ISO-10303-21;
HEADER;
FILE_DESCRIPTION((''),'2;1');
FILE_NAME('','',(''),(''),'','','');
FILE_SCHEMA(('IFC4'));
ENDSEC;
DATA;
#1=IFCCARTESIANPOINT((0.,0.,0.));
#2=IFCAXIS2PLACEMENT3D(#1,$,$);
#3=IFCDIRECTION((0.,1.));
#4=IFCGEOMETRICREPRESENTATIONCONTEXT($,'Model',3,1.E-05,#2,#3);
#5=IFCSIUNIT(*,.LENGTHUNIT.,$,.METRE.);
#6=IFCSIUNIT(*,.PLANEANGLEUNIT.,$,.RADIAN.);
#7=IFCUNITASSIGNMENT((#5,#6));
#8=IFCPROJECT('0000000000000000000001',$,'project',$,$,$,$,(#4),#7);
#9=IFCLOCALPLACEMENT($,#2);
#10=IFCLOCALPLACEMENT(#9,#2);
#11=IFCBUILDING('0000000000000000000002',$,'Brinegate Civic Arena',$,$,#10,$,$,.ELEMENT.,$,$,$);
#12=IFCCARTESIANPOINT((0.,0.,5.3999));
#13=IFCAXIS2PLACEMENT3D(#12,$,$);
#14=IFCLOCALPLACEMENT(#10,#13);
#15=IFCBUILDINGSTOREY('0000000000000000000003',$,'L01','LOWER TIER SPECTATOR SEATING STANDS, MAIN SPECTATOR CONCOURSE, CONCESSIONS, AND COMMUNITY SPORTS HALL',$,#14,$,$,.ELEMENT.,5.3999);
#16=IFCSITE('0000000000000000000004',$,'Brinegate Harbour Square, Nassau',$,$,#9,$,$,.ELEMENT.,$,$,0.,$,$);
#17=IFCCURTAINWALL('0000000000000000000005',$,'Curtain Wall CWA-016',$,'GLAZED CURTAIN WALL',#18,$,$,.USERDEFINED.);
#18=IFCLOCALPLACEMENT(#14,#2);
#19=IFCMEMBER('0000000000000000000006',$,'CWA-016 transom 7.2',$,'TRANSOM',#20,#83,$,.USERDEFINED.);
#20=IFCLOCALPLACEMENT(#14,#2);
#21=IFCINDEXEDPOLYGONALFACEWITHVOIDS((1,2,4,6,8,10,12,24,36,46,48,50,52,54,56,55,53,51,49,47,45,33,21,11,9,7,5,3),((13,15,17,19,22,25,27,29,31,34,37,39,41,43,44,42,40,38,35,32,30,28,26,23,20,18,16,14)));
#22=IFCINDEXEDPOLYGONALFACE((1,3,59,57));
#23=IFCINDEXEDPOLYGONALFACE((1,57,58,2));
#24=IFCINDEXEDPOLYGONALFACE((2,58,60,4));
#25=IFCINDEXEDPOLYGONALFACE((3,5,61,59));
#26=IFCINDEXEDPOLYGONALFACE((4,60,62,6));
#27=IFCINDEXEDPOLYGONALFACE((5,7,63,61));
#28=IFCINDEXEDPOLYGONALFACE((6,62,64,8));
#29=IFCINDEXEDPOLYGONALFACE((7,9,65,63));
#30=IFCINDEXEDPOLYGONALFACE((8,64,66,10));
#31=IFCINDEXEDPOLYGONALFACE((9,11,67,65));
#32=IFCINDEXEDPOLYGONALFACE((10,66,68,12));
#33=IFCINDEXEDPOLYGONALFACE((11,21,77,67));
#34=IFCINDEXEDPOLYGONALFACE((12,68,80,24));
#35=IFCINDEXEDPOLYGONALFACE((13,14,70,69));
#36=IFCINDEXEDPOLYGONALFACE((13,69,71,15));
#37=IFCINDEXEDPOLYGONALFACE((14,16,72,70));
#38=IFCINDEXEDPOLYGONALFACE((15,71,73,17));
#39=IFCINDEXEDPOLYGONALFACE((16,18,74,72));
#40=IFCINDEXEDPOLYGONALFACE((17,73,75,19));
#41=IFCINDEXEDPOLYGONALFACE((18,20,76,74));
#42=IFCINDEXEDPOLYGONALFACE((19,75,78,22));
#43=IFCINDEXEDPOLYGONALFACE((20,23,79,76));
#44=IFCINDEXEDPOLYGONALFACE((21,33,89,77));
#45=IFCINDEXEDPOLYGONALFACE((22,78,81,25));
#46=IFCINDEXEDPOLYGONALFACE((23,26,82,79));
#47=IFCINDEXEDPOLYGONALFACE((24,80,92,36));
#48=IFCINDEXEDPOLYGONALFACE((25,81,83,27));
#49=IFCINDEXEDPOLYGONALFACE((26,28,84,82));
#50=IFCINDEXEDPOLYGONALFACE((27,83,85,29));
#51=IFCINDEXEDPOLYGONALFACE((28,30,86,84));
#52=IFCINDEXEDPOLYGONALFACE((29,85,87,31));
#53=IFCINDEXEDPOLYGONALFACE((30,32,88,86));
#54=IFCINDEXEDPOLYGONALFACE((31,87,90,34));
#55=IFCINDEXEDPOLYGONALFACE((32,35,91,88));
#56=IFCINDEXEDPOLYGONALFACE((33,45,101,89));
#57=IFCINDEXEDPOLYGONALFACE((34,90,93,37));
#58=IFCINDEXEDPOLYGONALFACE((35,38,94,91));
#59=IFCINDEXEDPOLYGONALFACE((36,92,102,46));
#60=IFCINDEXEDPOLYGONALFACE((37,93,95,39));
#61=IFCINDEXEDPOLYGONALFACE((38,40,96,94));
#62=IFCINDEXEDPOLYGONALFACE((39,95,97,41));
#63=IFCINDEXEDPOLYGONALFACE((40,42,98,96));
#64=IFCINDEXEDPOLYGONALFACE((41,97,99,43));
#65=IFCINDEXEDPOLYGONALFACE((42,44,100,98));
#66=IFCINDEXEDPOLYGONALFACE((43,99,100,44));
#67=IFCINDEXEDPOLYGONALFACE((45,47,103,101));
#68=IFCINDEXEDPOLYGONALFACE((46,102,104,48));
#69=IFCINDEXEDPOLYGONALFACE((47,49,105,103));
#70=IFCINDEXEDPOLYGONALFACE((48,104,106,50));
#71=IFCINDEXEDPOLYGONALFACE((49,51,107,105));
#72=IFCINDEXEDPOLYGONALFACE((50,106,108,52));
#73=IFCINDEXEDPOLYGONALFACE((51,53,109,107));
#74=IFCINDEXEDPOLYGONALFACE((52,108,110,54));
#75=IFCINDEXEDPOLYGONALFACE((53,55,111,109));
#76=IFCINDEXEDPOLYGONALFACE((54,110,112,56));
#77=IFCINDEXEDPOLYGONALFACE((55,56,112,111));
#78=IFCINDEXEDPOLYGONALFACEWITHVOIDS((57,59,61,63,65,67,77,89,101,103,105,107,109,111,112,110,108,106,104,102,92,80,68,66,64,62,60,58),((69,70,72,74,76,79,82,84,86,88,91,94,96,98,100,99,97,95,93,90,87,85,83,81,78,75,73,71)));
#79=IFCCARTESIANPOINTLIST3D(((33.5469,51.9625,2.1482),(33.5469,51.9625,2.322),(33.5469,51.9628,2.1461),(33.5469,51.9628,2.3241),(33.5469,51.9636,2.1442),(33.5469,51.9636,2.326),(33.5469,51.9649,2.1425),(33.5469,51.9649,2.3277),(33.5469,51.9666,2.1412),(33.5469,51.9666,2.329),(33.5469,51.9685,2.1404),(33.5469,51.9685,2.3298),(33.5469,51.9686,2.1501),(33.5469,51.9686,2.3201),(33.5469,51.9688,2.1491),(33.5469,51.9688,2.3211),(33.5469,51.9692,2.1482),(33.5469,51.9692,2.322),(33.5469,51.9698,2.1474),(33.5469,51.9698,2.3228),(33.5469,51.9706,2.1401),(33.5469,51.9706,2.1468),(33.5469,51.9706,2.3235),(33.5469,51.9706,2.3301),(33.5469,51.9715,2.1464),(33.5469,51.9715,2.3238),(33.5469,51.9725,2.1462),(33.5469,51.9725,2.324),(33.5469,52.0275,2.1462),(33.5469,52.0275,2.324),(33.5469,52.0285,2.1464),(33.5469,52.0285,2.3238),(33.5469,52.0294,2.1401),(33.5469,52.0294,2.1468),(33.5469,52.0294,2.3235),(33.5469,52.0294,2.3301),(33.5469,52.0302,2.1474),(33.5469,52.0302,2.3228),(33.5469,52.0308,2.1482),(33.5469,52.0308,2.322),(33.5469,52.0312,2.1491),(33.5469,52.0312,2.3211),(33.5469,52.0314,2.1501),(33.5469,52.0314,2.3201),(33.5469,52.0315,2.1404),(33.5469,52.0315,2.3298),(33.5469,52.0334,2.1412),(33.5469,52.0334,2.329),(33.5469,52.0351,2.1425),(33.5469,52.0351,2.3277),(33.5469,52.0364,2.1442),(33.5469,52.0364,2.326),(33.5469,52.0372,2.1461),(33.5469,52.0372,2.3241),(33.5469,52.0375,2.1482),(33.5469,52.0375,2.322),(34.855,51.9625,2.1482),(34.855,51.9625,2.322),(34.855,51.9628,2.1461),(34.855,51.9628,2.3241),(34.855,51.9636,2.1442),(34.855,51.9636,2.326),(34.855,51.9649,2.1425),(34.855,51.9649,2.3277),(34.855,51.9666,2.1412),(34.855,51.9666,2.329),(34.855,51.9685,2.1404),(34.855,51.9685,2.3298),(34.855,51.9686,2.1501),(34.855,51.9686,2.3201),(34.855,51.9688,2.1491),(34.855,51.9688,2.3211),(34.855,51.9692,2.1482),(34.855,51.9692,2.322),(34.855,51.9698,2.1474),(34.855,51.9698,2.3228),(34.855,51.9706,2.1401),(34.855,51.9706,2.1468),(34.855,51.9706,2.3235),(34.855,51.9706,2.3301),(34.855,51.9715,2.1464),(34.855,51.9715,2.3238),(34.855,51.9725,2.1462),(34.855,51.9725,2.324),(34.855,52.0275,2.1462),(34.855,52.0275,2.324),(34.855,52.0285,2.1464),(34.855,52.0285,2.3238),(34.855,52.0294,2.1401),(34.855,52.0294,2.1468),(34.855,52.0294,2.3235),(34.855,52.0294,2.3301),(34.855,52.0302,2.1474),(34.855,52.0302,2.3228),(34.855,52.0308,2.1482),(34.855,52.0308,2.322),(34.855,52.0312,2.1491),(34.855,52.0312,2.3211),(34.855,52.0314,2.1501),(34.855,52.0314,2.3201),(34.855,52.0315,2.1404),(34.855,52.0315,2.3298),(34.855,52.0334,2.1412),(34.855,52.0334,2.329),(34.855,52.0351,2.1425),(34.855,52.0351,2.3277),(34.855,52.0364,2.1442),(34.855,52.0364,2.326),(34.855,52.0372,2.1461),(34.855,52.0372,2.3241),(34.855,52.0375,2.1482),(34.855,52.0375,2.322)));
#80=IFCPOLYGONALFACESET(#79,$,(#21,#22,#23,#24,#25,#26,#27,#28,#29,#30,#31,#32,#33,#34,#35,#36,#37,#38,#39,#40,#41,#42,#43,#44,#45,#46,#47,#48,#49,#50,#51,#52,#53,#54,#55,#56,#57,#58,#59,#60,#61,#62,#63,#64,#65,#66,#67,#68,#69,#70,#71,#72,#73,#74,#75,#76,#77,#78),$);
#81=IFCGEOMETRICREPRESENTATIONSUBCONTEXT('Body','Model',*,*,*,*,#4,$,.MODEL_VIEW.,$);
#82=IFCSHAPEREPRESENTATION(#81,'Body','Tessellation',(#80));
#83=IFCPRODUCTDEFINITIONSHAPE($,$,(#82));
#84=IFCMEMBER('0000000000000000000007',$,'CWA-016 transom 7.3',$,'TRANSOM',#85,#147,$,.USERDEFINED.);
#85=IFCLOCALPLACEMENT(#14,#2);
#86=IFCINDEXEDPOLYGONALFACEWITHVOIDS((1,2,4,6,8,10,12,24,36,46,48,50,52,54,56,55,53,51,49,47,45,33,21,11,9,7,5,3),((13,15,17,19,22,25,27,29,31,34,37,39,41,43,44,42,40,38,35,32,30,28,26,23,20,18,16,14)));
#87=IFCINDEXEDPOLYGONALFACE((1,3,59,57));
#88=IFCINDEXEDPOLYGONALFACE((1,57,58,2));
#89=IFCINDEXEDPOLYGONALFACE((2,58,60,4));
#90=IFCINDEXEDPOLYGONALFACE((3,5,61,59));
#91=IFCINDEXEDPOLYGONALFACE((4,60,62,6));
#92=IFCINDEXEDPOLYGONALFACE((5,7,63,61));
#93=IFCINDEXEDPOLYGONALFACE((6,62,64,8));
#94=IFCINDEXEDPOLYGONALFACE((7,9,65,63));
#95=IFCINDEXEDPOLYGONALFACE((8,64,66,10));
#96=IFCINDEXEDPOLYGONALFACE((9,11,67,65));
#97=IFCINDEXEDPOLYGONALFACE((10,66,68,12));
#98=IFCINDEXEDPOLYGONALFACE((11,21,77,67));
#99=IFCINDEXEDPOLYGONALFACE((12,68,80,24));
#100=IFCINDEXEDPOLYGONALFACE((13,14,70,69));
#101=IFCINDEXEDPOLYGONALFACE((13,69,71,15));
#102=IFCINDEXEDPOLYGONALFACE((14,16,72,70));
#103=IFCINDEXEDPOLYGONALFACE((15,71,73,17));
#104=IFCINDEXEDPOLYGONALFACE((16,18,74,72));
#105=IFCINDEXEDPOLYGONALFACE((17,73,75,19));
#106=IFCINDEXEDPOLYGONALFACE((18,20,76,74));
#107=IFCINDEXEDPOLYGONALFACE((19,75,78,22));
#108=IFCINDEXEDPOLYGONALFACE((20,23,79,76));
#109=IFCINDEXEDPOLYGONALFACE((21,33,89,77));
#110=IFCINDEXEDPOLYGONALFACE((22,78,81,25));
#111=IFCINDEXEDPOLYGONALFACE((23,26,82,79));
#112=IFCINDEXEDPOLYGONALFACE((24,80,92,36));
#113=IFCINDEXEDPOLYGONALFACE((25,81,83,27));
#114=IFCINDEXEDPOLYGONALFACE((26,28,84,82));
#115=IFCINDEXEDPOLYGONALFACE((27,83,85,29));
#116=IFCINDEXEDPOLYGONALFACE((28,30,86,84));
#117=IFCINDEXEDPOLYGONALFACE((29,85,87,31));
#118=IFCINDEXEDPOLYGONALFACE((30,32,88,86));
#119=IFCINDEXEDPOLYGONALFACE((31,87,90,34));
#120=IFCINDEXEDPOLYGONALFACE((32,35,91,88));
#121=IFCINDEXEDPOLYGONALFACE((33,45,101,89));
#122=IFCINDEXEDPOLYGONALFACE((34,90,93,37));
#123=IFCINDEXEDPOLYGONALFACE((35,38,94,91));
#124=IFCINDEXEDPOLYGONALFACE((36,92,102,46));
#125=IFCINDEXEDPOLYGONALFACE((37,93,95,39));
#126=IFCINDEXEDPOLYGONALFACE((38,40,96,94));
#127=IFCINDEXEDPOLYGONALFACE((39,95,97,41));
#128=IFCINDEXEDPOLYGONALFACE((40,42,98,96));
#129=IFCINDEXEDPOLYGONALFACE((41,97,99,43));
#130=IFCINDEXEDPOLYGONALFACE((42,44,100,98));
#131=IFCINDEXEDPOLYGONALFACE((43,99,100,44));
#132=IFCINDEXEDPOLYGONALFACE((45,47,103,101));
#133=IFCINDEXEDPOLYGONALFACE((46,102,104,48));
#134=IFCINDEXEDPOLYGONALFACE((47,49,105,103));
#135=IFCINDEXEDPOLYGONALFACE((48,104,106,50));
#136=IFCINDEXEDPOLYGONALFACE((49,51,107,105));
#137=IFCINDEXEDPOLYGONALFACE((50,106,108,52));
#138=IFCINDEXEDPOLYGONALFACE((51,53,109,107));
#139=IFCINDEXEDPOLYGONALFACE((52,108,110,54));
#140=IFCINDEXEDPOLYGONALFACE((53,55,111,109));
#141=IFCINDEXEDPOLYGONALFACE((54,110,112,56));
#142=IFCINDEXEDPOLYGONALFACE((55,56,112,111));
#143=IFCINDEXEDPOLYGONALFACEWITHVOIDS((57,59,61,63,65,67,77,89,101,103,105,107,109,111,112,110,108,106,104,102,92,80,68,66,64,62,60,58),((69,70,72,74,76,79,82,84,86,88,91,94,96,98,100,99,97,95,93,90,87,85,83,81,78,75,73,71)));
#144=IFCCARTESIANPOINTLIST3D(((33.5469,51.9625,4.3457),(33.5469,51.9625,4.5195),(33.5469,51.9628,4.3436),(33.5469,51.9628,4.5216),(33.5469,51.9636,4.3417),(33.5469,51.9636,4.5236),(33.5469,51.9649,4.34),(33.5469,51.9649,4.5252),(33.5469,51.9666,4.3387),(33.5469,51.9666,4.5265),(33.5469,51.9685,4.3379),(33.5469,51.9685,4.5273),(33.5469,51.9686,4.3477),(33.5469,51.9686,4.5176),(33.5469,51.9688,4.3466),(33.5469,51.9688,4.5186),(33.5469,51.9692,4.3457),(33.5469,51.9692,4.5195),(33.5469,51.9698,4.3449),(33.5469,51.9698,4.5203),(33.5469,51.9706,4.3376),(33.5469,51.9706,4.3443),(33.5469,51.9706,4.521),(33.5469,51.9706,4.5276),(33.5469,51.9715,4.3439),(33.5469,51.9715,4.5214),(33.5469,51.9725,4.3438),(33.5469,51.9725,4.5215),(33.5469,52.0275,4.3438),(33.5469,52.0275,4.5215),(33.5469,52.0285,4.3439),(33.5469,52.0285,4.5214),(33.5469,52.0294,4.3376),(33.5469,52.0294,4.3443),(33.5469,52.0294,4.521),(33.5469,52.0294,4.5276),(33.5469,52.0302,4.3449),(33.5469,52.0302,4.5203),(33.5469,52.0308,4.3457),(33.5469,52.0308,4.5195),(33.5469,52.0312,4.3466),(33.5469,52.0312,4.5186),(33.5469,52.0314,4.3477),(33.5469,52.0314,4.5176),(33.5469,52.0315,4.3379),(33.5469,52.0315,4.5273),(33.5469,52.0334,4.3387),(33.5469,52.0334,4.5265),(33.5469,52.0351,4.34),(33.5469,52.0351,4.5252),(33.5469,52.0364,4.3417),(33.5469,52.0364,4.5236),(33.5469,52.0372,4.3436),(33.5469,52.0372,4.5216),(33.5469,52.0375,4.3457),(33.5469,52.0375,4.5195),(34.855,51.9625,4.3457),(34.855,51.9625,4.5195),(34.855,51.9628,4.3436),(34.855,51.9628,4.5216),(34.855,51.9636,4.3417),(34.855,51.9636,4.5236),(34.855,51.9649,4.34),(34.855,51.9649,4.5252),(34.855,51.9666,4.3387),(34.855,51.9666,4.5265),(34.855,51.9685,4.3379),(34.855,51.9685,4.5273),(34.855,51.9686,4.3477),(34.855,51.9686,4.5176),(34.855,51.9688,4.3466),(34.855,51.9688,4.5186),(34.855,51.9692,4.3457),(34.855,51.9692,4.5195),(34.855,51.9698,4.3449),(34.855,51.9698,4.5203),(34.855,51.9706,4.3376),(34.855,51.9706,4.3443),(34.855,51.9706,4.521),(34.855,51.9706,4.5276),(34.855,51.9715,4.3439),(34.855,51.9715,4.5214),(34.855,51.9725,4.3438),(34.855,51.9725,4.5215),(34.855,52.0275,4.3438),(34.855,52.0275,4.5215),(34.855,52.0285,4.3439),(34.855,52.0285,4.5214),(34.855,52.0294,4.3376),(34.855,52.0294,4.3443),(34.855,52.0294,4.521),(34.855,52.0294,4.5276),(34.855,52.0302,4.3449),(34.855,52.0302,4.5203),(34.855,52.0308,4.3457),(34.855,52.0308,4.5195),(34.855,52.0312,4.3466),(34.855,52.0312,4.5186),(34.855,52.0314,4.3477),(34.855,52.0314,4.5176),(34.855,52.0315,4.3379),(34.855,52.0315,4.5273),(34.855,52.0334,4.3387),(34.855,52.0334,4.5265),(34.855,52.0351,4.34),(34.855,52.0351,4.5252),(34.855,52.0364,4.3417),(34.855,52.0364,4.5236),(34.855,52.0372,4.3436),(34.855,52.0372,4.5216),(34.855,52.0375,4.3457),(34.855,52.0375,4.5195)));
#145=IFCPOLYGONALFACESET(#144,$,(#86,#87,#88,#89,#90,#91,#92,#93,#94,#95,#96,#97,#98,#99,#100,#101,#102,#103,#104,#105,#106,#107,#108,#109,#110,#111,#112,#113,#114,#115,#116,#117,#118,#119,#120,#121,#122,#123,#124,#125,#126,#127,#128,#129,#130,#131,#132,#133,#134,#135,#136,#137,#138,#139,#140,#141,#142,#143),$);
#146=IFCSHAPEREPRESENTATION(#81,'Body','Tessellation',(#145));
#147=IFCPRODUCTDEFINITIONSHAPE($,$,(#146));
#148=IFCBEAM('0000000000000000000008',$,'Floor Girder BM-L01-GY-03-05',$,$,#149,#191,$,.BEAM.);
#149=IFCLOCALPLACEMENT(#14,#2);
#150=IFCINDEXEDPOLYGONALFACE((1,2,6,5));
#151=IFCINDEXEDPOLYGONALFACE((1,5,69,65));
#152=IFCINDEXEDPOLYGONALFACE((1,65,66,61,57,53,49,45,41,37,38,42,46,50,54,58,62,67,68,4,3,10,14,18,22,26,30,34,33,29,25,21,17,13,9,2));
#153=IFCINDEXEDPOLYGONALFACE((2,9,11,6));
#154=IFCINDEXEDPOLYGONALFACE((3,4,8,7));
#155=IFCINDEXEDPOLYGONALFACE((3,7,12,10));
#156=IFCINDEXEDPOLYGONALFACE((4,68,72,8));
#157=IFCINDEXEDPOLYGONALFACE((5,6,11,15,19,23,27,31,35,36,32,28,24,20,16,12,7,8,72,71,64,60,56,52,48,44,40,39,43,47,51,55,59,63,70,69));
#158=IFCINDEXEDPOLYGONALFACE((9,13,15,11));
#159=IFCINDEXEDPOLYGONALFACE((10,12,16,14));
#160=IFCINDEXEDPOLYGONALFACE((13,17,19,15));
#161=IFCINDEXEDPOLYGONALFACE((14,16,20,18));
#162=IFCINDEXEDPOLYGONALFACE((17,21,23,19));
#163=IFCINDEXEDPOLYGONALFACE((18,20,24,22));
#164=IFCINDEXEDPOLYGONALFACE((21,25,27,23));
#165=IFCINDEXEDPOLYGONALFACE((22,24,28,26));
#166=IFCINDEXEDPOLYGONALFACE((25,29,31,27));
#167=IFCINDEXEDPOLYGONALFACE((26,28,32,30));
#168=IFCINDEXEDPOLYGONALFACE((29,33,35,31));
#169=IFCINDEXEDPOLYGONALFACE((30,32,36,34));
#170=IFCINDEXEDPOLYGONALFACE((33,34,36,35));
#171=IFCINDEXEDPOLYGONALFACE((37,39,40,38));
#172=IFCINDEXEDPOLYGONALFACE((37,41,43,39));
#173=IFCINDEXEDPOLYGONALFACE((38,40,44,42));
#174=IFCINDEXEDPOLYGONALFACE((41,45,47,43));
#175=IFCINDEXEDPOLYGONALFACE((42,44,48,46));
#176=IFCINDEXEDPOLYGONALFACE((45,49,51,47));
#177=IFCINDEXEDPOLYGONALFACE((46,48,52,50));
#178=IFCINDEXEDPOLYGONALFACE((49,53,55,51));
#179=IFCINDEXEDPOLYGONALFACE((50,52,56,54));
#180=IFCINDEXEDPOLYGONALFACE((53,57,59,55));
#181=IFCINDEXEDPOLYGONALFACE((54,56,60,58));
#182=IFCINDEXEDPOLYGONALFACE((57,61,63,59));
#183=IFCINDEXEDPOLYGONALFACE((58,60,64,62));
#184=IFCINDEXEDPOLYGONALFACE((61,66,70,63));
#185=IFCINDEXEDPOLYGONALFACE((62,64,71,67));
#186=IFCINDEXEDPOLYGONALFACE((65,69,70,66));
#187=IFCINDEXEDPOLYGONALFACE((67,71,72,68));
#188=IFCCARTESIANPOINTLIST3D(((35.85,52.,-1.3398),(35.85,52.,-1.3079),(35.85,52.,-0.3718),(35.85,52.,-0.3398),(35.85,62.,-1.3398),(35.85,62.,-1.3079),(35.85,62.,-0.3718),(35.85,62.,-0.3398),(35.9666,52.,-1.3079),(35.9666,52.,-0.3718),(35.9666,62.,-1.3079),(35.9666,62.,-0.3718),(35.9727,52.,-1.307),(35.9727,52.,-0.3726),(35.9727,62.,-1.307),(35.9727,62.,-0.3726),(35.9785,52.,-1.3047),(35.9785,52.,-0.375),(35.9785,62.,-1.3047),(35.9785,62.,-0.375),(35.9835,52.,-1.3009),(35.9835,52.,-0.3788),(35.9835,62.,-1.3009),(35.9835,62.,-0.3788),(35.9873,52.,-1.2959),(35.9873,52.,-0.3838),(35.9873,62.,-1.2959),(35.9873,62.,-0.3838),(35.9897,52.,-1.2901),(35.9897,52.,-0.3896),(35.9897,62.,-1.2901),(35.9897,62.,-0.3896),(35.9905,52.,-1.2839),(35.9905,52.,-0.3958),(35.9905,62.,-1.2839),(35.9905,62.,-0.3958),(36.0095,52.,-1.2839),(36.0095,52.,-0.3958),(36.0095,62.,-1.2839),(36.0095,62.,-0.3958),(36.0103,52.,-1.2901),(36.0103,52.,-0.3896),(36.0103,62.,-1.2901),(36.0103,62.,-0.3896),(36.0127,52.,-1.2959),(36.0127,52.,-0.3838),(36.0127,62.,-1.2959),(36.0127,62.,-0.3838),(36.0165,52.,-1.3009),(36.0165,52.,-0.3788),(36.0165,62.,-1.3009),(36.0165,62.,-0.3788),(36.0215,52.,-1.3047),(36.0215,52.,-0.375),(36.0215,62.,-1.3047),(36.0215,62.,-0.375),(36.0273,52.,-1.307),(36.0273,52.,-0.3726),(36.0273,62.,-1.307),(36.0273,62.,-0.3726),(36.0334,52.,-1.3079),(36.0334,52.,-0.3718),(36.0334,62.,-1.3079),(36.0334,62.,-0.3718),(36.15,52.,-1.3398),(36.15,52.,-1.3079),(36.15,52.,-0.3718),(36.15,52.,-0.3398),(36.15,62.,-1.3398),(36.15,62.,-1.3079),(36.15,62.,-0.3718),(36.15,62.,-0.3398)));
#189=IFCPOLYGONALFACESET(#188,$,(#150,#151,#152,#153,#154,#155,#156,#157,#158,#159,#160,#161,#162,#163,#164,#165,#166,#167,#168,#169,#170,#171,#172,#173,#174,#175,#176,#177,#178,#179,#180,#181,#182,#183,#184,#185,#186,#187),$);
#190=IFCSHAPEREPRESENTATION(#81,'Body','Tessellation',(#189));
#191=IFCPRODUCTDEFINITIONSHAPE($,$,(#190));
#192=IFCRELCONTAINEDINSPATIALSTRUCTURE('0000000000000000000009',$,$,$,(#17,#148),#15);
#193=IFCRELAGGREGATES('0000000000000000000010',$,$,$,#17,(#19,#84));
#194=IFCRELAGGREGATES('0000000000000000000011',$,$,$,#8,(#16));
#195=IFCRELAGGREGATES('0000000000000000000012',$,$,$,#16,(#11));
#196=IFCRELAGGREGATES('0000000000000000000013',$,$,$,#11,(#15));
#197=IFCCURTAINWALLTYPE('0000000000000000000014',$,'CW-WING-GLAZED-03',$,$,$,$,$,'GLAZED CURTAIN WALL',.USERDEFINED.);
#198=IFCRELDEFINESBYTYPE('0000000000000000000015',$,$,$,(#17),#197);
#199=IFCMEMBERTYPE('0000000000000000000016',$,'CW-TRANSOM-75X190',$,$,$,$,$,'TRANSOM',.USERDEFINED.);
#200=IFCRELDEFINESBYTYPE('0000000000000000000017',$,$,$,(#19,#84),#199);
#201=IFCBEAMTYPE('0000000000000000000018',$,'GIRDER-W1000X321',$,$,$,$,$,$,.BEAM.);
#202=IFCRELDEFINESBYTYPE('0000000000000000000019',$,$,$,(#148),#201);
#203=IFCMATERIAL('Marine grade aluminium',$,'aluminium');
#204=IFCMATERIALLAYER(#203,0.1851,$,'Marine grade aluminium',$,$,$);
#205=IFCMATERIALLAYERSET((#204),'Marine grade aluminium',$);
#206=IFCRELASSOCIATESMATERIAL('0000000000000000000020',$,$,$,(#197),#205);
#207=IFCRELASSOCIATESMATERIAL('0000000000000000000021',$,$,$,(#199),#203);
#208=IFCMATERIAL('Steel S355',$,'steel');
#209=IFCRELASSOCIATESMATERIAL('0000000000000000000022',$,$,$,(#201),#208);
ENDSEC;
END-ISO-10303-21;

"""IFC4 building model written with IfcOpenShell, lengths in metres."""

from ifc_helpers import new_model, si_unit, direction, frame, origin, origin_2d, place, context, subcontext, project, spatial, hollow_rectangle, i_section, extrude, material, layer, layer_set, material_profile, profile_set, type_object, element, aggregate, save


model = new_model("IFC4")

# Units and contexts
model_context = context("Model", 3, precision=1e-05, world=origin(), true_north=direction((0.0, 1.0)))
body_context = subcontext(model_context, "Body", "Model", "MODEL_VIEW")
ifc_project = project(units=[si_unit("LENGTHUNIT", "METRE"), si_unit("PLANEANGLEUNIT", "RADIAN")], contexts=[model_context])

# Site, building, storey
site_placement = place(None, origin())
site = spatial("IfcSite", under=ifc_project, at=site_placement, Name="Brinegate Harbour Square, Nassau", CompositionType="ELEMENT", RefElevation=0.0)
building_placement = place(site_placement, origin())
building = spatial("IfcBuilding", under=site, at=building_placement, Name="Brinegate Civic Arena", CompositionType="ELEMENT")
storey_placement = place(building_placement, frame((0.0, 0.0, 5.3999)))
storey = spatial("IfcBuildingStorey", under=building, at=storey_placement, Name="L01", Description="LOWER TIER SPECTATOR SEATING STANDS, MAIN SPECTATOR CONCOURSE, CONCESSIONS, AND COMMUNITY SPORTS HALL", CompositionType="ELEMENT", Elevation=5.3999)

# Curtain wall
ifc_material_1 = material(Name="Marine grade aluminium", Category="aluminium")
ifc_layer_1 = layer(ifc_material_1, 0.1851, Name="Marine grade aluminium")
ifc_layer_set_1 = layer_set([ifc_layer_1], Name="Marine grade aluminium")
curtain_wall_type = type_object("IfcCurtainWallType", Name="CW-WING-GLAZED-03", ElementType="GLAZED CURTAIN WALL", PredefinedType="USERDEFINED", material=ifc_layer_set_1)
curtain_wall_1_placement = place(storey_placement, origin())
curtain_wall_1 = element("IfcCurtainWall", 1, at=curtain_wall_1_placement, inside=storey, type_object=curtain_wall_type, Name="Curtain Wall CWA-016", ObjectType="GLAZED CURTAIN WALL", PredefinedType="USERDEFINED")

# Members
ifc_material_profile_1 = material_profile(ifc_material_1, hollow_rectangle(XDim=0.075, YDim=0.1899, WallThickness=0.0061, InnerFilletRadius=0.0039, OuterFilletRadius=0.0081, at=origin_2d()), Name="TRN75X190")
ifc_profile_set_1 = profile_set([ifc_material_profile_1], Name="Marine grade aluminium")
member_type_1 = type_object("IfcMemberType", Name="CW-TRANSOM-75X190", ElementType="TRANSOM", PredefinedType="USERDEFINED", material=ifc_profile_set_1)
member_1_placement = place(storey_placement, frame((33.5469, 52.0, 2.2351), z_axis=(1.0, 0.0, 0.0), x_axis=(0.0, 1.0, 0.0)))
member_1 = element("IfcMember", 2, at=member_1_placement, type_object=member_type_1, Name="CWA-016 transom 7.2", ObjectType="TRANSOM", PredefinedType="USERDEFINED", context=body_context, shape_type="SweptSolid", body=[
    extrude(hollow_rectangle(XDim=0.075, YDim=0.1899, WallThickness=0.0061, InnerFilletRadius=0.0039, OuterFilletRadius=0.0081, at=origin_2d()), origin(), (0.0, 0.0, 1.0), 1.3081),
])
member_2_placement = place(storey_placement, frame((33.5469, 52.0, 4.4326), z_axis=(1.0, 0.0, 0.0), x_axis=(0.0, 1.0, 0.0)))
member_2 = element("IfcMember", 3, at=member_2_placement, type_object=member_type_1, Name="CWA-016 transom 7.3", ObjectType="TRANSOM", PredefinedType="USERDEFINED", context=body_context, shape_type="SweptSolid", body=[
    extrude(hollow_rectangle(XDim=0.075, YDim=0.1899, WallThickness=0.0061, InnerFilletRadius=0.0039, OuterFilletRadius=0.0081, at=origin_2d()), origin(), (0.0, 0.0, 1.0), 1.3081),
])

# Beam
ifc_material_2 = material(Name="Steel S355", Category="steel")
ifc_material_profile_2 = material_profile(ifc_material_2, i_section(OverallWidth=0.3, OverallDepth=1.0, WebThickness=0.019, FlangeThickness=0.032, FilletRadius=0.0239, at=origin_2d()), Name="W1000X321")
ifc_profile_set_2 = profile_set([ifc_material_profile_2], Name="Steel S355")
beam_type_1 = type_object("IfcBeamType", Name="GIRDER-W1000X321", PredefinedType="BEAM", material=ifc_profile_set_2)
beam_1_placement = place(storey_placement, frame((36.0, 52.0, -0.8398), z_axis=(0.0, 1.0, 0.0), x_axis=(-1.0, 0.0, 0.0)))
element("IfcBeam", 4, at=beam_1_placement, inside=storey, type_object=beam_type_1, Name="Floor Girder BM-L01-GY-03-05", PredefinedType="BEAM", context=body_context, shape_type="SweptSolid", body=[
    extrude(i_section(OverallWidth=0.3, OverallDepth=1.0, WebThickness=0.019, FlangeThickness=0.032, FilletRadius=0.0239, at=origin_2d()), origin(), (0.0, 0.0, 1.0), 10.0),
])

aggregate(curtain_wall_1, [member_1, member_2])

save(model, "model.ifc")
